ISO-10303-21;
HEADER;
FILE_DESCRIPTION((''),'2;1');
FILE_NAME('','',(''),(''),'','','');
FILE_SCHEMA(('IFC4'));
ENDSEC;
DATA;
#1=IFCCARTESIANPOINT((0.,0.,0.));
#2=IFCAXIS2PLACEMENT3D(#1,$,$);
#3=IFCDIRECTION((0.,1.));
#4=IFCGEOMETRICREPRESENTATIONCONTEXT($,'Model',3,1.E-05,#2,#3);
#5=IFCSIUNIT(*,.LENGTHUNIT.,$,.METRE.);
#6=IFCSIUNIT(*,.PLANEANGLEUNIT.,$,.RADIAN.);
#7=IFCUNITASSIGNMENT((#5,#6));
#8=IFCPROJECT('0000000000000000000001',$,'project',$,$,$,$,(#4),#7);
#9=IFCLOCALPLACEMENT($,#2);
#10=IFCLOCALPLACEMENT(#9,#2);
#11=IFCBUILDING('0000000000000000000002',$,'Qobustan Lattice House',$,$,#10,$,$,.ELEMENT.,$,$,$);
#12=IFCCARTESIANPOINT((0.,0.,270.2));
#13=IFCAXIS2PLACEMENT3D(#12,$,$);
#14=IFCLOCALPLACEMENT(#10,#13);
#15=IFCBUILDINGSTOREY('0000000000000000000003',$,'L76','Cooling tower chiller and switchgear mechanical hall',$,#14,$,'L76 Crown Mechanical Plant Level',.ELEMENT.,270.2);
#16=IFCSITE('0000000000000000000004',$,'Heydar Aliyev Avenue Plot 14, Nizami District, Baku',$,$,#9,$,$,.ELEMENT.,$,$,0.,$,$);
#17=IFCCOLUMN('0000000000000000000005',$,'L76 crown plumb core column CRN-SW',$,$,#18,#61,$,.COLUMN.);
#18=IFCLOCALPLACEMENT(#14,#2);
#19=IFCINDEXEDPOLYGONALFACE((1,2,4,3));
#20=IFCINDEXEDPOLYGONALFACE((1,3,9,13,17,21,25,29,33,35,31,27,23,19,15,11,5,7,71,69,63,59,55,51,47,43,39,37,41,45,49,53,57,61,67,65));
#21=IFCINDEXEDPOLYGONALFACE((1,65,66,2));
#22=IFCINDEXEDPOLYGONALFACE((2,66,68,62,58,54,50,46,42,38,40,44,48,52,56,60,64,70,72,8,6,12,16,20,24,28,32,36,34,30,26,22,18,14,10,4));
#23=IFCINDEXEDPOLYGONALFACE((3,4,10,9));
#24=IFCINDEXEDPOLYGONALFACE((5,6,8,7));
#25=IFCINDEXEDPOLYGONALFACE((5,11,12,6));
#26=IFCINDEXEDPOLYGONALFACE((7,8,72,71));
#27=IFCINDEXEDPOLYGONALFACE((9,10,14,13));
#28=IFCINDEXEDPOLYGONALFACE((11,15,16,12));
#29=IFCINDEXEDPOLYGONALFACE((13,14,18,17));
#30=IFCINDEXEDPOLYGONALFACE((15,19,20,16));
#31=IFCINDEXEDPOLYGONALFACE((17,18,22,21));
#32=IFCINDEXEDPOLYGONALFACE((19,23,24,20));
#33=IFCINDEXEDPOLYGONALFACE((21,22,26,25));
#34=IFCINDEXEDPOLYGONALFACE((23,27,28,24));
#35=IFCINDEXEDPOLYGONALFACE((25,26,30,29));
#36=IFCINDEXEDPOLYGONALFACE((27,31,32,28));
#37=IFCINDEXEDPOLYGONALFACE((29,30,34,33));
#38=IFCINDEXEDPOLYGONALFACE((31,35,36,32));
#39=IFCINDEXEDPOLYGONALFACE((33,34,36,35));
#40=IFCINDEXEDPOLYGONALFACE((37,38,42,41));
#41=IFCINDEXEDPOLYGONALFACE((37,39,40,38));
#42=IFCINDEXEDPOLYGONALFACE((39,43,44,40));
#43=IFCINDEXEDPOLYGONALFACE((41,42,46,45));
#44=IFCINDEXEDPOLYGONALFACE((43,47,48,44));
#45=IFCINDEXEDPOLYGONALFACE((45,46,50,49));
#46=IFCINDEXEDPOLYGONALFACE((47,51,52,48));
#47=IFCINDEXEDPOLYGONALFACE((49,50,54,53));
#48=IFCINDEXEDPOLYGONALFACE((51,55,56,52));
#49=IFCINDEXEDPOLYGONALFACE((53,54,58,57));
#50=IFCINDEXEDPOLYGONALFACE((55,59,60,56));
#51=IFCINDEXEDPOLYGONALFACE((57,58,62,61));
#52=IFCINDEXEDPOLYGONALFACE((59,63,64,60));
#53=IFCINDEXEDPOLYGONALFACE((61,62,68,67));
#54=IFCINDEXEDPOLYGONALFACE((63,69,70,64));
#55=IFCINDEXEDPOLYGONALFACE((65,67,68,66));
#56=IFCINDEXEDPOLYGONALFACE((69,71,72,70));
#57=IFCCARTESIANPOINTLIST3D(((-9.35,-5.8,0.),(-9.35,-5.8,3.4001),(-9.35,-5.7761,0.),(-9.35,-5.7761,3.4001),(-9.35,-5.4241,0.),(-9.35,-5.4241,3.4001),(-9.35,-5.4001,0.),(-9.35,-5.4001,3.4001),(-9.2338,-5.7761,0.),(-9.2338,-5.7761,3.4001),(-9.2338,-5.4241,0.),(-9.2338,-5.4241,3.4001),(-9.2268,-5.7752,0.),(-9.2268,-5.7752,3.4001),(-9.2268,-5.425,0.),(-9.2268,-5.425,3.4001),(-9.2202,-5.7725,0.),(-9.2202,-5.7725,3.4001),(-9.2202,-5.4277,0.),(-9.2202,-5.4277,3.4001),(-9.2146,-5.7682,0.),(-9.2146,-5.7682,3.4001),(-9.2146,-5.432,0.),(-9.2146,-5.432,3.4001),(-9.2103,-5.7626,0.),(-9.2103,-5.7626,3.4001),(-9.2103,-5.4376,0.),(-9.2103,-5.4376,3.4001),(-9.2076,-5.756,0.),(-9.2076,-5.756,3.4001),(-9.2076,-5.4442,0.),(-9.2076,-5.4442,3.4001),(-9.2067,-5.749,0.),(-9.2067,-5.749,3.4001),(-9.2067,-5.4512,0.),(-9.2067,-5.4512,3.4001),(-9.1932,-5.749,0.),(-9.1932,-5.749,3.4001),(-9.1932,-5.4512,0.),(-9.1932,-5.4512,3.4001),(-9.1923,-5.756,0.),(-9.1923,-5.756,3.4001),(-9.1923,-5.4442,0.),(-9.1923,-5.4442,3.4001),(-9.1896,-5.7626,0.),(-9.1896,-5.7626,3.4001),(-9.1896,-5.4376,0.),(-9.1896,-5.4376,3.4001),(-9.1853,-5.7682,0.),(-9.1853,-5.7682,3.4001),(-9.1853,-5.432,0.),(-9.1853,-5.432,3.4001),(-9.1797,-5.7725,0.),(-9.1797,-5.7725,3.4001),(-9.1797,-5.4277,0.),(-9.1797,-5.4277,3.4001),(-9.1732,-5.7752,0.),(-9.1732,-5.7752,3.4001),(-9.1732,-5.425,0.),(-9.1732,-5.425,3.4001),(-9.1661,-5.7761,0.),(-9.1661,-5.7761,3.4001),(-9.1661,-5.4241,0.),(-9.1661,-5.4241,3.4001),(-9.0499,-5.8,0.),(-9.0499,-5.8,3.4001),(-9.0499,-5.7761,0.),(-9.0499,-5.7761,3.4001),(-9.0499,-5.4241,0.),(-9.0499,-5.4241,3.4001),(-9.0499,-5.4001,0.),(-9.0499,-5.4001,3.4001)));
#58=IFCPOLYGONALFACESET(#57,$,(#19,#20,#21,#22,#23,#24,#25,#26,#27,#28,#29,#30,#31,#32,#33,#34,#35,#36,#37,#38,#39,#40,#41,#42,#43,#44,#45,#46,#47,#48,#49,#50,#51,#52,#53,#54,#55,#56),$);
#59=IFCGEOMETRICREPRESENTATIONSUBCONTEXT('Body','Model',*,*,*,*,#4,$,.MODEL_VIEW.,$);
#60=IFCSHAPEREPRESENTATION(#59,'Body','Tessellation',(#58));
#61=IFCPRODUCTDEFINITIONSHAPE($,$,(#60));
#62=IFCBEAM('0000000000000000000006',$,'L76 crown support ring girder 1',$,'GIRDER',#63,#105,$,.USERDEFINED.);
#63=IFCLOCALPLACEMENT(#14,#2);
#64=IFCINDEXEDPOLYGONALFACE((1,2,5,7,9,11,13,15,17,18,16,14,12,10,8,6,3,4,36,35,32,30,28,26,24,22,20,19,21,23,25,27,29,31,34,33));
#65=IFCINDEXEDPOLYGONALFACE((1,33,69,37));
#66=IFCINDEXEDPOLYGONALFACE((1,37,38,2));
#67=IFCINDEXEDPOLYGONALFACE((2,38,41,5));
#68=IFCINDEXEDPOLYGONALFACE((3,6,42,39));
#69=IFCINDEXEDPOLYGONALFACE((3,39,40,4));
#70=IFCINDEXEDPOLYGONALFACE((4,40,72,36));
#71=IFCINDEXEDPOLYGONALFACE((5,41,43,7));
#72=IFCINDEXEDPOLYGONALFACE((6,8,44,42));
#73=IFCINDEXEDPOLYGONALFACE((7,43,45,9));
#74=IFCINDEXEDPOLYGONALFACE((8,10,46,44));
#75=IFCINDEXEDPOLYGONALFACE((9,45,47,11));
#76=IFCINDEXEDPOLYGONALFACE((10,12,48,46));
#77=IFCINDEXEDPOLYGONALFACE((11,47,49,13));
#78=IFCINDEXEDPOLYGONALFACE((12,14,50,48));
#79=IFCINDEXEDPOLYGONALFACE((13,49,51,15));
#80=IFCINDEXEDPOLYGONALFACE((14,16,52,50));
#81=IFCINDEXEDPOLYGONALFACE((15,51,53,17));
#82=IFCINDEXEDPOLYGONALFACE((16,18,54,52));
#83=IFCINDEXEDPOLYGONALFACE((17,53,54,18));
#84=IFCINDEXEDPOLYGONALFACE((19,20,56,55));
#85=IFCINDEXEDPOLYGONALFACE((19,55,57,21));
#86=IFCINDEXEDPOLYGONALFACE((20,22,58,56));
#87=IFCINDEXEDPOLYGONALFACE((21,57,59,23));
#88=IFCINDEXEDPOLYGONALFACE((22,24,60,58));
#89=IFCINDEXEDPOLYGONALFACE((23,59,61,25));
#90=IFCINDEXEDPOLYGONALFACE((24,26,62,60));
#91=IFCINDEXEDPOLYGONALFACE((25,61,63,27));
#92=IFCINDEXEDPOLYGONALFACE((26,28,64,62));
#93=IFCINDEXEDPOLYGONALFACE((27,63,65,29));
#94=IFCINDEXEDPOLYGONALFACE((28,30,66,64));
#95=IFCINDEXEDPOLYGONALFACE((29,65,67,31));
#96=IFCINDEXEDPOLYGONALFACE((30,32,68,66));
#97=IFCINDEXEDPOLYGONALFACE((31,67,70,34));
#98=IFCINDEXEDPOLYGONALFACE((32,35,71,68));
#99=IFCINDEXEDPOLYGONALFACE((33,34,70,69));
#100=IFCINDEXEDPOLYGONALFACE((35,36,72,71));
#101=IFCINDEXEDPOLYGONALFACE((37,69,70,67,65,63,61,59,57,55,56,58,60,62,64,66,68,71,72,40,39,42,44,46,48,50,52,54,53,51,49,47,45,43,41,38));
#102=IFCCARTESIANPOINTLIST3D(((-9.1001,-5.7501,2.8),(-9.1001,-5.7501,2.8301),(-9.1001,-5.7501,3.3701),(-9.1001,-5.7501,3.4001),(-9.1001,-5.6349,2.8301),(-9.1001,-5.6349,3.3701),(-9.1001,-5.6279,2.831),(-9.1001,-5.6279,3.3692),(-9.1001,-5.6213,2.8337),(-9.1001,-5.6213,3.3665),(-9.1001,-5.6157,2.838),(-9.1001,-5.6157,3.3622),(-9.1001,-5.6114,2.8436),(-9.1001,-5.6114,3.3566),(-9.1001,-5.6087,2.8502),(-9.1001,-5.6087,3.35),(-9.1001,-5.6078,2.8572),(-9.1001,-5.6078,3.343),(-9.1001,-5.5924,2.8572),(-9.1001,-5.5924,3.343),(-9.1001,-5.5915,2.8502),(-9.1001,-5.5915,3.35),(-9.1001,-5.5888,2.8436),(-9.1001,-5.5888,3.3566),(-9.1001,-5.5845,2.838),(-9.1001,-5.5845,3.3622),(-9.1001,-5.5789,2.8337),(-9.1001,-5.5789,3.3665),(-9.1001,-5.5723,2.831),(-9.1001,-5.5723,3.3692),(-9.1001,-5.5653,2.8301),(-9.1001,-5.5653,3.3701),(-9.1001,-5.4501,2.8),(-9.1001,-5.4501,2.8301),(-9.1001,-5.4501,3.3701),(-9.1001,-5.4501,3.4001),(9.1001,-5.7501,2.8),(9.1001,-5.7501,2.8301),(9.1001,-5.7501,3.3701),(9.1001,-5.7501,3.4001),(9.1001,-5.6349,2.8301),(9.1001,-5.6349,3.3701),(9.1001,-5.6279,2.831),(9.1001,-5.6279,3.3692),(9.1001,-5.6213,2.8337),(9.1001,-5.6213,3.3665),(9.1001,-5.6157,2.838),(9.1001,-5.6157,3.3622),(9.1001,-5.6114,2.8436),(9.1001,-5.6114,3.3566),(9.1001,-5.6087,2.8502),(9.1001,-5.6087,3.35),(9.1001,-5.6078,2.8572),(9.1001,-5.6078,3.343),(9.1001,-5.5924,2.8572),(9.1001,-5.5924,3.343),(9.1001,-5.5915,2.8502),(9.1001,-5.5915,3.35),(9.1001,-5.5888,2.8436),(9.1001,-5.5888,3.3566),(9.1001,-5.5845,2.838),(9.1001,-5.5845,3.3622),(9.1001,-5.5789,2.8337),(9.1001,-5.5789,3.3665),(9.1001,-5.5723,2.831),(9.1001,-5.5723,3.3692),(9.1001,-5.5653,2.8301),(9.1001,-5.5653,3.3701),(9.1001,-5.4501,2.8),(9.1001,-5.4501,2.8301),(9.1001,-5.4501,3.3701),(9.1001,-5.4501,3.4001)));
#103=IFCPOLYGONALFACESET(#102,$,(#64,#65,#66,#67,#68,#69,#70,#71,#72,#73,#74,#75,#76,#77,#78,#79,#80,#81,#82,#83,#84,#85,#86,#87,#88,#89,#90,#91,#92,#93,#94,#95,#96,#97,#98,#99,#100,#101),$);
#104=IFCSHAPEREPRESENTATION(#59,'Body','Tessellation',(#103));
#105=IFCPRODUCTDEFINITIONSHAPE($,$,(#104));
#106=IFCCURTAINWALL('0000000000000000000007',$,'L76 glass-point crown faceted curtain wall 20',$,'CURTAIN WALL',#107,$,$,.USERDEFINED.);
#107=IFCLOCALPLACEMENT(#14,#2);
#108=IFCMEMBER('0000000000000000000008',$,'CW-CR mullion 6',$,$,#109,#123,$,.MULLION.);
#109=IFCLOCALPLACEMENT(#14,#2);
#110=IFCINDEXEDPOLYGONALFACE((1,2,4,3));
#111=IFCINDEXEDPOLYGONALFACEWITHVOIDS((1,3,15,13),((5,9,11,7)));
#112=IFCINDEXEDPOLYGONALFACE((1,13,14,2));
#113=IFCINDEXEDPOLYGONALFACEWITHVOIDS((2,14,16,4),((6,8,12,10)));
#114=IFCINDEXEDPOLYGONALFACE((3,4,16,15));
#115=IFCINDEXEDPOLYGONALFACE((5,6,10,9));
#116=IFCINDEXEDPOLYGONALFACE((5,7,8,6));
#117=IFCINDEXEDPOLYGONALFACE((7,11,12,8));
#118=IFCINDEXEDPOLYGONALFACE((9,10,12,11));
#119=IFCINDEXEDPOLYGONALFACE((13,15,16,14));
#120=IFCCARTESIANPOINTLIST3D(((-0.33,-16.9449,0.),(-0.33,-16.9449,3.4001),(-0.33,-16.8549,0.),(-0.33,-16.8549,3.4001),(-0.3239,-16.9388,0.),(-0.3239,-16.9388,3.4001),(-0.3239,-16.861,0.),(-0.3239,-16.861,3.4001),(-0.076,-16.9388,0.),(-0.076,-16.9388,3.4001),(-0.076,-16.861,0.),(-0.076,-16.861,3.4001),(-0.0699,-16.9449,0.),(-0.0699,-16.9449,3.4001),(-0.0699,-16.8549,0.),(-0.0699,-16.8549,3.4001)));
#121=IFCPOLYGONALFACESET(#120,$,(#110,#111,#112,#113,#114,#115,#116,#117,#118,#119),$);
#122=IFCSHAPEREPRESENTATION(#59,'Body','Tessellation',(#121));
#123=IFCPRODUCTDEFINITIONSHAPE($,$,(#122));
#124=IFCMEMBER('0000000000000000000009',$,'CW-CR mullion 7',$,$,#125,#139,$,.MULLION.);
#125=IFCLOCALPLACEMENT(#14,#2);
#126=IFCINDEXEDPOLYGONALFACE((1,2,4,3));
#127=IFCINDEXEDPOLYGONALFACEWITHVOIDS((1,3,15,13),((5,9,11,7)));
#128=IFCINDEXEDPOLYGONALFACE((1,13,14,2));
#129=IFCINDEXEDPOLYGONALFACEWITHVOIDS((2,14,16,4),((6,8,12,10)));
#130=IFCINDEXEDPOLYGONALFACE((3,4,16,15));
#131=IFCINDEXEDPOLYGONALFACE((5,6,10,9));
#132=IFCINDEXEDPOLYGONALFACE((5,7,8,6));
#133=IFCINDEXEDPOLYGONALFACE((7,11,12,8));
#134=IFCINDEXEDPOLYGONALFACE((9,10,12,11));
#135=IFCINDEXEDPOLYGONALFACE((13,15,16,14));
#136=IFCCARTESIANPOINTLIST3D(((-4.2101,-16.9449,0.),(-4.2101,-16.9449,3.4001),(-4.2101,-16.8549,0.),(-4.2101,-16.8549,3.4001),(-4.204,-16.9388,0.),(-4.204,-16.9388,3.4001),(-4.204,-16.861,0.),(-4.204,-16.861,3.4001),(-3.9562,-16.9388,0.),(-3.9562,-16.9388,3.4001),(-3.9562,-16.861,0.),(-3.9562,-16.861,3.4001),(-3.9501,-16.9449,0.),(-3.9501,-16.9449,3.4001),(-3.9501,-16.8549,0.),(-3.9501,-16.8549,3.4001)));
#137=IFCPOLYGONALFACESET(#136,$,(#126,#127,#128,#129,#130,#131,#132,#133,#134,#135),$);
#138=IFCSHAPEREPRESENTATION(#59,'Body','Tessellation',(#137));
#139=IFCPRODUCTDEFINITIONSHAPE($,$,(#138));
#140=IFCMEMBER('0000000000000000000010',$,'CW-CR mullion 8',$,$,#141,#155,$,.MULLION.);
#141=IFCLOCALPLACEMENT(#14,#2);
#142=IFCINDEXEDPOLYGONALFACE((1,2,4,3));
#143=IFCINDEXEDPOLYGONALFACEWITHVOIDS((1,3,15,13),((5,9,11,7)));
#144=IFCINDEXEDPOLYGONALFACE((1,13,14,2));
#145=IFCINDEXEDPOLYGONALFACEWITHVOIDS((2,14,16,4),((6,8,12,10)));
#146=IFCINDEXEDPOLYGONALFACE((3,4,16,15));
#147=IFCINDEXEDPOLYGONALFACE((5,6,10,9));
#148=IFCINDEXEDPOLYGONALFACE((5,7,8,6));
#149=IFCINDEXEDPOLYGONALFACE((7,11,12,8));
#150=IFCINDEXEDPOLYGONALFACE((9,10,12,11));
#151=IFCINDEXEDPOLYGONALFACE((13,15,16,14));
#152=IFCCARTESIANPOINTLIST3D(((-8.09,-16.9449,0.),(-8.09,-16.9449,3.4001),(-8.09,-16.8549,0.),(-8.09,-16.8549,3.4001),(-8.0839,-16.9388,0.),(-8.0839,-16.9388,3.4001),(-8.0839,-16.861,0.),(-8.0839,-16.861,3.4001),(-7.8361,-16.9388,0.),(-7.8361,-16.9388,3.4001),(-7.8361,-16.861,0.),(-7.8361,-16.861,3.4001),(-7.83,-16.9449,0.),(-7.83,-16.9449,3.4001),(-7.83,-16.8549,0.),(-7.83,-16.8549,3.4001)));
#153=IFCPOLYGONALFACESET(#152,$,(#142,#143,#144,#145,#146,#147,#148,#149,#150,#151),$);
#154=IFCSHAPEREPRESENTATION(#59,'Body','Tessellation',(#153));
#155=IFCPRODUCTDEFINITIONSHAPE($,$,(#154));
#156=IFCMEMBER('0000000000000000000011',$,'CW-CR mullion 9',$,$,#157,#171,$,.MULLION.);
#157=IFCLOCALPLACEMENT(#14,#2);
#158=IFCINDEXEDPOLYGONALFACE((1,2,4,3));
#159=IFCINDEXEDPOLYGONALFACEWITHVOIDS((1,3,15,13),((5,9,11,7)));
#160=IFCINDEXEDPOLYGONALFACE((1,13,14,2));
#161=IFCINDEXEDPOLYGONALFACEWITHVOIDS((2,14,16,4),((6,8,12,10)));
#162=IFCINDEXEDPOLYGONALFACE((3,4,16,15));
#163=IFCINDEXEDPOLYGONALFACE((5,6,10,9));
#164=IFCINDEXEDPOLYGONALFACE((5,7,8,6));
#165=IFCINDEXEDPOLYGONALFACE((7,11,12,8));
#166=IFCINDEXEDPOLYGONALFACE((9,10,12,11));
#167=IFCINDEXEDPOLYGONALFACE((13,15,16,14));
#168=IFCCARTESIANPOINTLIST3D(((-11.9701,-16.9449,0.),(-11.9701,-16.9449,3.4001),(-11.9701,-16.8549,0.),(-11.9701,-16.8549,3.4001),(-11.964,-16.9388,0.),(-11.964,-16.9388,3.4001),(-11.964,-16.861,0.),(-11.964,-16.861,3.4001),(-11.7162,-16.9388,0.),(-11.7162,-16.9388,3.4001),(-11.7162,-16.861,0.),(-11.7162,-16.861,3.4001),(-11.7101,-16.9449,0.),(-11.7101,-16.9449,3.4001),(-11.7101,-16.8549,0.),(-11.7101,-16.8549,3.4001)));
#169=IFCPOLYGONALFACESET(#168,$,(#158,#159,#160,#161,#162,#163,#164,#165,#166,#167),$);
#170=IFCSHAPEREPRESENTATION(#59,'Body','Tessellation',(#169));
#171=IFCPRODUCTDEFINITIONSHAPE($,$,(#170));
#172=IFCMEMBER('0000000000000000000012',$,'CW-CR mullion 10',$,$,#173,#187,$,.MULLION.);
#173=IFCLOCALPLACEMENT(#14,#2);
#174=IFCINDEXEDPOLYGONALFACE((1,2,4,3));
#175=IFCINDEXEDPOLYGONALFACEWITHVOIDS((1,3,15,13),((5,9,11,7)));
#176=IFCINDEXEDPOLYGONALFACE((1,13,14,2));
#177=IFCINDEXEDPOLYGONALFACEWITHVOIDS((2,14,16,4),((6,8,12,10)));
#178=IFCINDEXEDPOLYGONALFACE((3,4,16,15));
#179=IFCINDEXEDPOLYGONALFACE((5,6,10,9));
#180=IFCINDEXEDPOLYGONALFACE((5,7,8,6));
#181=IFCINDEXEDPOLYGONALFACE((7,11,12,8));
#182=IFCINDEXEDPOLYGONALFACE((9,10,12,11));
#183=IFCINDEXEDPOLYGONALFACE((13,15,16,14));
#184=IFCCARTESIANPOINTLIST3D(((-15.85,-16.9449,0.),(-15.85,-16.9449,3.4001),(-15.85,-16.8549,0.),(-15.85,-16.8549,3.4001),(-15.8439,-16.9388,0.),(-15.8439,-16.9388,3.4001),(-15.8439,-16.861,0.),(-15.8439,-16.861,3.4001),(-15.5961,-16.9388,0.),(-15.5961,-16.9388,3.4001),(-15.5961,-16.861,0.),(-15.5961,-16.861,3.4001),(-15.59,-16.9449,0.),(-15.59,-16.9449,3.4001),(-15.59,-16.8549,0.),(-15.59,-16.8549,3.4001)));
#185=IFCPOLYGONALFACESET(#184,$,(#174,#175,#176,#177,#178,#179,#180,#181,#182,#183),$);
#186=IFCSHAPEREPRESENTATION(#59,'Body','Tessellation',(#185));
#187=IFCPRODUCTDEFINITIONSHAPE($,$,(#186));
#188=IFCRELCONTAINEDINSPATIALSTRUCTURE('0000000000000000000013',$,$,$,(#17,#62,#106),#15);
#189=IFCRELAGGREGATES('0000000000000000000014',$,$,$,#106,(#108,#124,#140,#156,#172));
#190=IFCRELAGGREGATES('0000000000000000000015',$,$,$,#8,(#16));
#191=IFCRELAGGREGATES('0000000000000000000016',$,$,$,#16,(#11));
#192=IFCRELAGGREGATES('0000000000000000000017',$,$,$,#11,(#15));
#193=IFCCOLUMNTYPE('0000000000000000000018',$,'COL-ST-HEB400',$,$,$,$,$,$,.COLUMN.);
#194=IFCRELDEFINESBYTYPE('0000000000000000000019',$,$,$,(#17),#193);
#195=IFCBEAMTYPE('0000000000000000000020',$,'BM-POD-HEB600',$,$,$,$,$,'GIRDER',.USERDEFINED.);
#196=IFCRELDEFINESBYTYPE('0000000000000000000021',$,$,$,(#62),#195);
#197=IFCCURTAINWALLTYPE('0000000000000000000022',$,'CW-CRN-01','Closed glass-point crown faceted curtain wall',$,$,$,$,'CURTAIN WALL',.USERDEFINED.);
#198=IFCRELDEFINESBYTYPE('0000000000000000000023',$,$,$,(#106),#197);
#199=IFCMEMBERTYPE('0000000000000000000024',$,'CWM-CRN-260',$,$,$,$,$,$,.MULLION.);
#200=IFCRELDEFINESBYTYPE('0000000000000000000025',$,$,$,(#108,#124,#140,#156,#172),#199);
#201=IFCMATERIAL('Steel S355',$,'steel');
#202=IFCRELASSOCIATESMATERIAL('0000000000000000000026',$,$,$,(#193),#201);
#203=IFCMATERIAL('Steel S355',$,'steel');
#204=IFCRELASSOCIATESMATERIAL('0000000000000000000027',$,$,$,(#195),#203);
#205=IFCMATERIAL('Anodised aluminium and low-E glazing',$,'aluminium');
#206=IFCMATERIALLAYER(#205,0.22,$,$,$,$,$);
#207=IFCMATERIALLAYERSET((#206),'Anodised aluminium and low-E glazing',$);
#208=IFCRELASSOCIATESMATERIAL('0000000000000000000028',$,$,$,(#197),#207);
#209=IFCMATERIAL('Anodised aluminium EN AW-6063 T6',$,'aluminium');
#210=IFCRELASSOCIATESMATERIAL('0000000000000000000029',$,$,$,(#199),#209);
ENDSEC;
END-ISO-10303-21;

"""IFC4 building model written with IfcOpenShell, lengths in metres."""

from ifc_helpers import new_model, si_unit, direction, frame, origin, origin_2d, place, context, subcontext, project, spatial, hollow_rectangle, i_section, extrude, material, layer, layer_set, material_profile, profile_set, type_object, element, aggregate, save


model = new_model("IFC4")

# Units and contexts
model_context = context("Model", 3, precision=1e-05, world=origin(), true_north=direction((0.0, 1.0)))
body_context = subcontext(model_context, "Body", "Model", "MODEL_VIEW")
ifc_project = project(units=[si_unit("LENGTHUNIT", "METRE"), si_unit("PLANEANGLEUNIT", "RADIAN")], contexts=[model_context])

# Site, building, storey
site_placement = place(None, origin())
site = spatial("IfcSite", under=ifc_project, at=site_placement, Name="Heydar Aliyev Avenue Plot 14, Nizami District, Baku", CompositionType="ELEMENT", RefElevation=0.0)
building_placement = place(site_placement, origin())
building = spatial("IfcBuilding", under=site, at=building_placement, Name="Qobustan Lattice House", CompositionType="ELEMENT")
storey_placement = place(building_placement, frame((0.0, 0.0, 270.2)))
storey = spatial("IfcBuildingStorey", under=building, at=storey_placement, Name="L76", Description="Cooling tower chiller and switchgear mechanical hall", LongName="L76 Crown Mechanical Plant Level", CompositionType="ELEMENT", Elevation=270.2)

# Column
ifc_material_1 = material(Name="Steel S355", Category="steel")
ifc_material_profile_1 = material_profile(ifc_material_1, i_section(OverallWidth=0.3, OverallDepth=0.3999, WebThickness=0.0134, FlangeThickness=0.0239, FilletRadius=0.0271, at=origin_2d()), Name="HEB400")
ifc_profile_set_1 = profile_set([ifc_material_profile_1], Name="Steel S355")
column_type = type_object("IfcColumnType", Name="COL-ST-HEB400", PredefinedType="COLUMN", material=ifc_profile_set_1)
column_placement = place(storey_placement, frame((-9.2, -5.6001, 0.0), z_axis=(0.0, 0.0, 1.0), x_axis=(1.0, 0.0, 0.0)))
element("IfcColumn", 1, at=column_placement, inside=storey, type_object=column_type, Name="L76 crown plumb core column CRN-SW", PredefinedType="COLUMN", context=body_context, shape_type="SweptSolid", body=[
    extrude(i_section(OverallWidth=0.3, OverallDepth=0.3999, WebThickness=0.0134, FlangeThickness=0.0239, FilletRadius=0.0271, at=origin_2d()), origin(), (0.0, 0.0, 1.0), 3.4001),
])

# Beam
ifc_material_2 = material(Name="Steel S355", Category="steel")
ifc_material_profile_2 = material_profile(ifc_material_2, i_section(OverallWidth=0.3, OverallDepth=0.6001, WebThickness=0.0154, FlangeThickness=0.03, FilletRadius=0.0271, at=origin_2d()), Name="HEB600")
ifc_profile_set_2 = profile_set([ifc_material_profile_2], Name="Steel S355")
beam_type = type_object("IfcBeamType", Name="BM-POD-HEB600", ElementType="GIRDER", PredefinedType="USERDEFINED", material=ifc_profile_set_2)
beam_placement = place(storey_placement, frame((-9.1001, -5.6001, 3.1001), z_axis=(1.0, 0.0, 0.0), x_axis=(0.0, 1.0, 0.0)))
element("IfcBeam", 2, at=beam_placement, inside=storey, type_object=beam_type, Name="L76 crown support ring girder 1", ObjectType="GIRDER", PredefinedType="USERDEFINED", context=body_context, shape_type="SweptSolid", body=[
    extrude(i_section(OverallWidth=0.3, OverallDepth=0.6001, WebThickness=0.0154, FlangeThickness=0.03, FilletRadius=0.0271, at=origin_2d()), origin(), (0.0, 0.0, 1.0), 18.2002),
])

# Curtain wall, members
ifc_material_3 = material(Name="Anodised aluminium and low-E glazing", Category="aluminium")
ifc_layer_1 = layer(ifc_material_3, 0.22)
ifc_layer_set_1 = layer_set([ifc_layer_1], Name="Anodised aluminium and low-E glazing")
curtain_wall_type = type_object("IfcCurtainWallType", Name="CW-CRN-01", Description="Closed glass-point crown faceted curtain wall", ElementType="CURTAIN WALL", PredefinedType="USERDEFINED", material=ifc_layer_set_1)
curtain_wall_placement = place(storey_placement, origin())
curtain_wall = element("IfcCurtainWall", 3, at=curtain_wall_placement, inside=storey, type_object=curtain_wall_type, Name="L76 glass-point crown faceted curtain wall 20", ObjectType="CURTAIN WALL", PredefinedType="USERDEFINED")
ifc_material_4 = material(Name="Anodised aluminium EN AW-6063 T6", Category="aluminium")
ifc_material_profile_3 = material_profile(ifc_material_4, hollow_rectangle(XDim=0.0901, YDim=0.26, WallThickness=0.0061, at=origin_2d()), Name="CWM-CROWN-260x90")
ifc_profile_set_3 = profile_set([ifc_material_profile_3], Name="Anodised aluminium EN AW-6063 T6")
member_type_1 = type_object("IfcMemberType", Name="CWM-CRN-260", PredefinedType="MULLION", material=ifc_profile_set_3)
member_1_placement = place(storey_placement, frame((-0.2, -16.8999, 0.0), z_axis=(0.0, 0.0, 1.0), x_axis=(0.0, -1.0, 0.0)))
member_1 = element("IfcMember", 4, at=member_1_placement, type_object=member_type_1, Name="CW-CR mullion 6", PredefinedType="MULLION", context=body_context, shape_type="SweptSolid", body=[
    extrude(hollow_rectangle(XDim=0.0901, YDim=0.26, WallThickness=0.0061, at=origin_2d()), origin(), (0.0, 0.0, 1.0), 3.4001),
])
member_2_placement = place(storey_placement, frame((-4.0801, -16.8999, 0.0), z_axis=(0.0, 0.0, 1.0), x_axis=(0.0, -1.0, 0.0)))
member_2 = element("IfcMember", 5, at=member_2_placement, type_object=member_type_1, Name="CW-CR mullion 7", PredefinedType="MULLION", context=body_context, shape_type="SweptSolid", body=[
    extrude(hollow_rectangle(XDim=0.0901, YDim=0.26, WallThickness=0.0061, at=origin_2d()), origin(), (0.0, 0.0, 1.0), 3.4001),
])
member_3_placement = place(storey_placement, frame((-7.96, -16.8999, 0.0), z_axis=(0.0, 0.0, 1.0), x_axis=(0.0, -1.0, 0.0)))
member_3 = element("IfcMember", 6, at=member_3_placement, type_object=member_type_1, Name="CW-CR mullion 8", PredefinedType="MULLION", context=body_context, shape_type="SweptSolid", body=[
    extrude(hollow_rectangle(XDim=0.0901, YDim=0.26, WallThickness=0.0061, at=origin_2d()), origin(), (0.0, 0.0, 1.0), 3.4001),
])
member_4_placement = place(storey_placement, frame((-11.8401, -16.8999, 0.0), z_axis=(0.0, 0.0, 1.0), x_axis=(0.0, -1.0, 0.0)))
member_4 = element("IfcMember", 7, at=member_4_placement, type_object=member_type_1, Name="CW-CR mullion 9", PredefinedType="MULLION", context=body_context, shape_type="SweptSolid", body=[
    extrude(hollow_rectangle(XDim=0.0901, YDim=0.26, WallThickness=0.0061, at=origin_2d()), origin(), (0.0, 0.0, 1.0), 3.4001),
])
member_5_placement = place(storey_placement, frame((-15.72, -16.8999, 0.0), z_axis=(0.0, 0.0, 1.0), x_axis=(0.0, -1.0, 0.0)))
member_5 = element("IfcMember", 8, at=member_5_placement, type_object=member_type_1, Name="CW-CR mullion 10", PredefinedType="MULLION", context=body_context, shape_type="SweptSolid", body=[
    extrude(hollow_rectangle(XDim=0.0901, YDim=0.26, WallThickness=0.0061, at=origin_2d()), origin(), (0.0, 0.0, 1.0), 3.4001),
])

aggregate(curtain_wall, [member_1, member_2, member_3, member_4, member_5])

save(model, "model.ifc")
